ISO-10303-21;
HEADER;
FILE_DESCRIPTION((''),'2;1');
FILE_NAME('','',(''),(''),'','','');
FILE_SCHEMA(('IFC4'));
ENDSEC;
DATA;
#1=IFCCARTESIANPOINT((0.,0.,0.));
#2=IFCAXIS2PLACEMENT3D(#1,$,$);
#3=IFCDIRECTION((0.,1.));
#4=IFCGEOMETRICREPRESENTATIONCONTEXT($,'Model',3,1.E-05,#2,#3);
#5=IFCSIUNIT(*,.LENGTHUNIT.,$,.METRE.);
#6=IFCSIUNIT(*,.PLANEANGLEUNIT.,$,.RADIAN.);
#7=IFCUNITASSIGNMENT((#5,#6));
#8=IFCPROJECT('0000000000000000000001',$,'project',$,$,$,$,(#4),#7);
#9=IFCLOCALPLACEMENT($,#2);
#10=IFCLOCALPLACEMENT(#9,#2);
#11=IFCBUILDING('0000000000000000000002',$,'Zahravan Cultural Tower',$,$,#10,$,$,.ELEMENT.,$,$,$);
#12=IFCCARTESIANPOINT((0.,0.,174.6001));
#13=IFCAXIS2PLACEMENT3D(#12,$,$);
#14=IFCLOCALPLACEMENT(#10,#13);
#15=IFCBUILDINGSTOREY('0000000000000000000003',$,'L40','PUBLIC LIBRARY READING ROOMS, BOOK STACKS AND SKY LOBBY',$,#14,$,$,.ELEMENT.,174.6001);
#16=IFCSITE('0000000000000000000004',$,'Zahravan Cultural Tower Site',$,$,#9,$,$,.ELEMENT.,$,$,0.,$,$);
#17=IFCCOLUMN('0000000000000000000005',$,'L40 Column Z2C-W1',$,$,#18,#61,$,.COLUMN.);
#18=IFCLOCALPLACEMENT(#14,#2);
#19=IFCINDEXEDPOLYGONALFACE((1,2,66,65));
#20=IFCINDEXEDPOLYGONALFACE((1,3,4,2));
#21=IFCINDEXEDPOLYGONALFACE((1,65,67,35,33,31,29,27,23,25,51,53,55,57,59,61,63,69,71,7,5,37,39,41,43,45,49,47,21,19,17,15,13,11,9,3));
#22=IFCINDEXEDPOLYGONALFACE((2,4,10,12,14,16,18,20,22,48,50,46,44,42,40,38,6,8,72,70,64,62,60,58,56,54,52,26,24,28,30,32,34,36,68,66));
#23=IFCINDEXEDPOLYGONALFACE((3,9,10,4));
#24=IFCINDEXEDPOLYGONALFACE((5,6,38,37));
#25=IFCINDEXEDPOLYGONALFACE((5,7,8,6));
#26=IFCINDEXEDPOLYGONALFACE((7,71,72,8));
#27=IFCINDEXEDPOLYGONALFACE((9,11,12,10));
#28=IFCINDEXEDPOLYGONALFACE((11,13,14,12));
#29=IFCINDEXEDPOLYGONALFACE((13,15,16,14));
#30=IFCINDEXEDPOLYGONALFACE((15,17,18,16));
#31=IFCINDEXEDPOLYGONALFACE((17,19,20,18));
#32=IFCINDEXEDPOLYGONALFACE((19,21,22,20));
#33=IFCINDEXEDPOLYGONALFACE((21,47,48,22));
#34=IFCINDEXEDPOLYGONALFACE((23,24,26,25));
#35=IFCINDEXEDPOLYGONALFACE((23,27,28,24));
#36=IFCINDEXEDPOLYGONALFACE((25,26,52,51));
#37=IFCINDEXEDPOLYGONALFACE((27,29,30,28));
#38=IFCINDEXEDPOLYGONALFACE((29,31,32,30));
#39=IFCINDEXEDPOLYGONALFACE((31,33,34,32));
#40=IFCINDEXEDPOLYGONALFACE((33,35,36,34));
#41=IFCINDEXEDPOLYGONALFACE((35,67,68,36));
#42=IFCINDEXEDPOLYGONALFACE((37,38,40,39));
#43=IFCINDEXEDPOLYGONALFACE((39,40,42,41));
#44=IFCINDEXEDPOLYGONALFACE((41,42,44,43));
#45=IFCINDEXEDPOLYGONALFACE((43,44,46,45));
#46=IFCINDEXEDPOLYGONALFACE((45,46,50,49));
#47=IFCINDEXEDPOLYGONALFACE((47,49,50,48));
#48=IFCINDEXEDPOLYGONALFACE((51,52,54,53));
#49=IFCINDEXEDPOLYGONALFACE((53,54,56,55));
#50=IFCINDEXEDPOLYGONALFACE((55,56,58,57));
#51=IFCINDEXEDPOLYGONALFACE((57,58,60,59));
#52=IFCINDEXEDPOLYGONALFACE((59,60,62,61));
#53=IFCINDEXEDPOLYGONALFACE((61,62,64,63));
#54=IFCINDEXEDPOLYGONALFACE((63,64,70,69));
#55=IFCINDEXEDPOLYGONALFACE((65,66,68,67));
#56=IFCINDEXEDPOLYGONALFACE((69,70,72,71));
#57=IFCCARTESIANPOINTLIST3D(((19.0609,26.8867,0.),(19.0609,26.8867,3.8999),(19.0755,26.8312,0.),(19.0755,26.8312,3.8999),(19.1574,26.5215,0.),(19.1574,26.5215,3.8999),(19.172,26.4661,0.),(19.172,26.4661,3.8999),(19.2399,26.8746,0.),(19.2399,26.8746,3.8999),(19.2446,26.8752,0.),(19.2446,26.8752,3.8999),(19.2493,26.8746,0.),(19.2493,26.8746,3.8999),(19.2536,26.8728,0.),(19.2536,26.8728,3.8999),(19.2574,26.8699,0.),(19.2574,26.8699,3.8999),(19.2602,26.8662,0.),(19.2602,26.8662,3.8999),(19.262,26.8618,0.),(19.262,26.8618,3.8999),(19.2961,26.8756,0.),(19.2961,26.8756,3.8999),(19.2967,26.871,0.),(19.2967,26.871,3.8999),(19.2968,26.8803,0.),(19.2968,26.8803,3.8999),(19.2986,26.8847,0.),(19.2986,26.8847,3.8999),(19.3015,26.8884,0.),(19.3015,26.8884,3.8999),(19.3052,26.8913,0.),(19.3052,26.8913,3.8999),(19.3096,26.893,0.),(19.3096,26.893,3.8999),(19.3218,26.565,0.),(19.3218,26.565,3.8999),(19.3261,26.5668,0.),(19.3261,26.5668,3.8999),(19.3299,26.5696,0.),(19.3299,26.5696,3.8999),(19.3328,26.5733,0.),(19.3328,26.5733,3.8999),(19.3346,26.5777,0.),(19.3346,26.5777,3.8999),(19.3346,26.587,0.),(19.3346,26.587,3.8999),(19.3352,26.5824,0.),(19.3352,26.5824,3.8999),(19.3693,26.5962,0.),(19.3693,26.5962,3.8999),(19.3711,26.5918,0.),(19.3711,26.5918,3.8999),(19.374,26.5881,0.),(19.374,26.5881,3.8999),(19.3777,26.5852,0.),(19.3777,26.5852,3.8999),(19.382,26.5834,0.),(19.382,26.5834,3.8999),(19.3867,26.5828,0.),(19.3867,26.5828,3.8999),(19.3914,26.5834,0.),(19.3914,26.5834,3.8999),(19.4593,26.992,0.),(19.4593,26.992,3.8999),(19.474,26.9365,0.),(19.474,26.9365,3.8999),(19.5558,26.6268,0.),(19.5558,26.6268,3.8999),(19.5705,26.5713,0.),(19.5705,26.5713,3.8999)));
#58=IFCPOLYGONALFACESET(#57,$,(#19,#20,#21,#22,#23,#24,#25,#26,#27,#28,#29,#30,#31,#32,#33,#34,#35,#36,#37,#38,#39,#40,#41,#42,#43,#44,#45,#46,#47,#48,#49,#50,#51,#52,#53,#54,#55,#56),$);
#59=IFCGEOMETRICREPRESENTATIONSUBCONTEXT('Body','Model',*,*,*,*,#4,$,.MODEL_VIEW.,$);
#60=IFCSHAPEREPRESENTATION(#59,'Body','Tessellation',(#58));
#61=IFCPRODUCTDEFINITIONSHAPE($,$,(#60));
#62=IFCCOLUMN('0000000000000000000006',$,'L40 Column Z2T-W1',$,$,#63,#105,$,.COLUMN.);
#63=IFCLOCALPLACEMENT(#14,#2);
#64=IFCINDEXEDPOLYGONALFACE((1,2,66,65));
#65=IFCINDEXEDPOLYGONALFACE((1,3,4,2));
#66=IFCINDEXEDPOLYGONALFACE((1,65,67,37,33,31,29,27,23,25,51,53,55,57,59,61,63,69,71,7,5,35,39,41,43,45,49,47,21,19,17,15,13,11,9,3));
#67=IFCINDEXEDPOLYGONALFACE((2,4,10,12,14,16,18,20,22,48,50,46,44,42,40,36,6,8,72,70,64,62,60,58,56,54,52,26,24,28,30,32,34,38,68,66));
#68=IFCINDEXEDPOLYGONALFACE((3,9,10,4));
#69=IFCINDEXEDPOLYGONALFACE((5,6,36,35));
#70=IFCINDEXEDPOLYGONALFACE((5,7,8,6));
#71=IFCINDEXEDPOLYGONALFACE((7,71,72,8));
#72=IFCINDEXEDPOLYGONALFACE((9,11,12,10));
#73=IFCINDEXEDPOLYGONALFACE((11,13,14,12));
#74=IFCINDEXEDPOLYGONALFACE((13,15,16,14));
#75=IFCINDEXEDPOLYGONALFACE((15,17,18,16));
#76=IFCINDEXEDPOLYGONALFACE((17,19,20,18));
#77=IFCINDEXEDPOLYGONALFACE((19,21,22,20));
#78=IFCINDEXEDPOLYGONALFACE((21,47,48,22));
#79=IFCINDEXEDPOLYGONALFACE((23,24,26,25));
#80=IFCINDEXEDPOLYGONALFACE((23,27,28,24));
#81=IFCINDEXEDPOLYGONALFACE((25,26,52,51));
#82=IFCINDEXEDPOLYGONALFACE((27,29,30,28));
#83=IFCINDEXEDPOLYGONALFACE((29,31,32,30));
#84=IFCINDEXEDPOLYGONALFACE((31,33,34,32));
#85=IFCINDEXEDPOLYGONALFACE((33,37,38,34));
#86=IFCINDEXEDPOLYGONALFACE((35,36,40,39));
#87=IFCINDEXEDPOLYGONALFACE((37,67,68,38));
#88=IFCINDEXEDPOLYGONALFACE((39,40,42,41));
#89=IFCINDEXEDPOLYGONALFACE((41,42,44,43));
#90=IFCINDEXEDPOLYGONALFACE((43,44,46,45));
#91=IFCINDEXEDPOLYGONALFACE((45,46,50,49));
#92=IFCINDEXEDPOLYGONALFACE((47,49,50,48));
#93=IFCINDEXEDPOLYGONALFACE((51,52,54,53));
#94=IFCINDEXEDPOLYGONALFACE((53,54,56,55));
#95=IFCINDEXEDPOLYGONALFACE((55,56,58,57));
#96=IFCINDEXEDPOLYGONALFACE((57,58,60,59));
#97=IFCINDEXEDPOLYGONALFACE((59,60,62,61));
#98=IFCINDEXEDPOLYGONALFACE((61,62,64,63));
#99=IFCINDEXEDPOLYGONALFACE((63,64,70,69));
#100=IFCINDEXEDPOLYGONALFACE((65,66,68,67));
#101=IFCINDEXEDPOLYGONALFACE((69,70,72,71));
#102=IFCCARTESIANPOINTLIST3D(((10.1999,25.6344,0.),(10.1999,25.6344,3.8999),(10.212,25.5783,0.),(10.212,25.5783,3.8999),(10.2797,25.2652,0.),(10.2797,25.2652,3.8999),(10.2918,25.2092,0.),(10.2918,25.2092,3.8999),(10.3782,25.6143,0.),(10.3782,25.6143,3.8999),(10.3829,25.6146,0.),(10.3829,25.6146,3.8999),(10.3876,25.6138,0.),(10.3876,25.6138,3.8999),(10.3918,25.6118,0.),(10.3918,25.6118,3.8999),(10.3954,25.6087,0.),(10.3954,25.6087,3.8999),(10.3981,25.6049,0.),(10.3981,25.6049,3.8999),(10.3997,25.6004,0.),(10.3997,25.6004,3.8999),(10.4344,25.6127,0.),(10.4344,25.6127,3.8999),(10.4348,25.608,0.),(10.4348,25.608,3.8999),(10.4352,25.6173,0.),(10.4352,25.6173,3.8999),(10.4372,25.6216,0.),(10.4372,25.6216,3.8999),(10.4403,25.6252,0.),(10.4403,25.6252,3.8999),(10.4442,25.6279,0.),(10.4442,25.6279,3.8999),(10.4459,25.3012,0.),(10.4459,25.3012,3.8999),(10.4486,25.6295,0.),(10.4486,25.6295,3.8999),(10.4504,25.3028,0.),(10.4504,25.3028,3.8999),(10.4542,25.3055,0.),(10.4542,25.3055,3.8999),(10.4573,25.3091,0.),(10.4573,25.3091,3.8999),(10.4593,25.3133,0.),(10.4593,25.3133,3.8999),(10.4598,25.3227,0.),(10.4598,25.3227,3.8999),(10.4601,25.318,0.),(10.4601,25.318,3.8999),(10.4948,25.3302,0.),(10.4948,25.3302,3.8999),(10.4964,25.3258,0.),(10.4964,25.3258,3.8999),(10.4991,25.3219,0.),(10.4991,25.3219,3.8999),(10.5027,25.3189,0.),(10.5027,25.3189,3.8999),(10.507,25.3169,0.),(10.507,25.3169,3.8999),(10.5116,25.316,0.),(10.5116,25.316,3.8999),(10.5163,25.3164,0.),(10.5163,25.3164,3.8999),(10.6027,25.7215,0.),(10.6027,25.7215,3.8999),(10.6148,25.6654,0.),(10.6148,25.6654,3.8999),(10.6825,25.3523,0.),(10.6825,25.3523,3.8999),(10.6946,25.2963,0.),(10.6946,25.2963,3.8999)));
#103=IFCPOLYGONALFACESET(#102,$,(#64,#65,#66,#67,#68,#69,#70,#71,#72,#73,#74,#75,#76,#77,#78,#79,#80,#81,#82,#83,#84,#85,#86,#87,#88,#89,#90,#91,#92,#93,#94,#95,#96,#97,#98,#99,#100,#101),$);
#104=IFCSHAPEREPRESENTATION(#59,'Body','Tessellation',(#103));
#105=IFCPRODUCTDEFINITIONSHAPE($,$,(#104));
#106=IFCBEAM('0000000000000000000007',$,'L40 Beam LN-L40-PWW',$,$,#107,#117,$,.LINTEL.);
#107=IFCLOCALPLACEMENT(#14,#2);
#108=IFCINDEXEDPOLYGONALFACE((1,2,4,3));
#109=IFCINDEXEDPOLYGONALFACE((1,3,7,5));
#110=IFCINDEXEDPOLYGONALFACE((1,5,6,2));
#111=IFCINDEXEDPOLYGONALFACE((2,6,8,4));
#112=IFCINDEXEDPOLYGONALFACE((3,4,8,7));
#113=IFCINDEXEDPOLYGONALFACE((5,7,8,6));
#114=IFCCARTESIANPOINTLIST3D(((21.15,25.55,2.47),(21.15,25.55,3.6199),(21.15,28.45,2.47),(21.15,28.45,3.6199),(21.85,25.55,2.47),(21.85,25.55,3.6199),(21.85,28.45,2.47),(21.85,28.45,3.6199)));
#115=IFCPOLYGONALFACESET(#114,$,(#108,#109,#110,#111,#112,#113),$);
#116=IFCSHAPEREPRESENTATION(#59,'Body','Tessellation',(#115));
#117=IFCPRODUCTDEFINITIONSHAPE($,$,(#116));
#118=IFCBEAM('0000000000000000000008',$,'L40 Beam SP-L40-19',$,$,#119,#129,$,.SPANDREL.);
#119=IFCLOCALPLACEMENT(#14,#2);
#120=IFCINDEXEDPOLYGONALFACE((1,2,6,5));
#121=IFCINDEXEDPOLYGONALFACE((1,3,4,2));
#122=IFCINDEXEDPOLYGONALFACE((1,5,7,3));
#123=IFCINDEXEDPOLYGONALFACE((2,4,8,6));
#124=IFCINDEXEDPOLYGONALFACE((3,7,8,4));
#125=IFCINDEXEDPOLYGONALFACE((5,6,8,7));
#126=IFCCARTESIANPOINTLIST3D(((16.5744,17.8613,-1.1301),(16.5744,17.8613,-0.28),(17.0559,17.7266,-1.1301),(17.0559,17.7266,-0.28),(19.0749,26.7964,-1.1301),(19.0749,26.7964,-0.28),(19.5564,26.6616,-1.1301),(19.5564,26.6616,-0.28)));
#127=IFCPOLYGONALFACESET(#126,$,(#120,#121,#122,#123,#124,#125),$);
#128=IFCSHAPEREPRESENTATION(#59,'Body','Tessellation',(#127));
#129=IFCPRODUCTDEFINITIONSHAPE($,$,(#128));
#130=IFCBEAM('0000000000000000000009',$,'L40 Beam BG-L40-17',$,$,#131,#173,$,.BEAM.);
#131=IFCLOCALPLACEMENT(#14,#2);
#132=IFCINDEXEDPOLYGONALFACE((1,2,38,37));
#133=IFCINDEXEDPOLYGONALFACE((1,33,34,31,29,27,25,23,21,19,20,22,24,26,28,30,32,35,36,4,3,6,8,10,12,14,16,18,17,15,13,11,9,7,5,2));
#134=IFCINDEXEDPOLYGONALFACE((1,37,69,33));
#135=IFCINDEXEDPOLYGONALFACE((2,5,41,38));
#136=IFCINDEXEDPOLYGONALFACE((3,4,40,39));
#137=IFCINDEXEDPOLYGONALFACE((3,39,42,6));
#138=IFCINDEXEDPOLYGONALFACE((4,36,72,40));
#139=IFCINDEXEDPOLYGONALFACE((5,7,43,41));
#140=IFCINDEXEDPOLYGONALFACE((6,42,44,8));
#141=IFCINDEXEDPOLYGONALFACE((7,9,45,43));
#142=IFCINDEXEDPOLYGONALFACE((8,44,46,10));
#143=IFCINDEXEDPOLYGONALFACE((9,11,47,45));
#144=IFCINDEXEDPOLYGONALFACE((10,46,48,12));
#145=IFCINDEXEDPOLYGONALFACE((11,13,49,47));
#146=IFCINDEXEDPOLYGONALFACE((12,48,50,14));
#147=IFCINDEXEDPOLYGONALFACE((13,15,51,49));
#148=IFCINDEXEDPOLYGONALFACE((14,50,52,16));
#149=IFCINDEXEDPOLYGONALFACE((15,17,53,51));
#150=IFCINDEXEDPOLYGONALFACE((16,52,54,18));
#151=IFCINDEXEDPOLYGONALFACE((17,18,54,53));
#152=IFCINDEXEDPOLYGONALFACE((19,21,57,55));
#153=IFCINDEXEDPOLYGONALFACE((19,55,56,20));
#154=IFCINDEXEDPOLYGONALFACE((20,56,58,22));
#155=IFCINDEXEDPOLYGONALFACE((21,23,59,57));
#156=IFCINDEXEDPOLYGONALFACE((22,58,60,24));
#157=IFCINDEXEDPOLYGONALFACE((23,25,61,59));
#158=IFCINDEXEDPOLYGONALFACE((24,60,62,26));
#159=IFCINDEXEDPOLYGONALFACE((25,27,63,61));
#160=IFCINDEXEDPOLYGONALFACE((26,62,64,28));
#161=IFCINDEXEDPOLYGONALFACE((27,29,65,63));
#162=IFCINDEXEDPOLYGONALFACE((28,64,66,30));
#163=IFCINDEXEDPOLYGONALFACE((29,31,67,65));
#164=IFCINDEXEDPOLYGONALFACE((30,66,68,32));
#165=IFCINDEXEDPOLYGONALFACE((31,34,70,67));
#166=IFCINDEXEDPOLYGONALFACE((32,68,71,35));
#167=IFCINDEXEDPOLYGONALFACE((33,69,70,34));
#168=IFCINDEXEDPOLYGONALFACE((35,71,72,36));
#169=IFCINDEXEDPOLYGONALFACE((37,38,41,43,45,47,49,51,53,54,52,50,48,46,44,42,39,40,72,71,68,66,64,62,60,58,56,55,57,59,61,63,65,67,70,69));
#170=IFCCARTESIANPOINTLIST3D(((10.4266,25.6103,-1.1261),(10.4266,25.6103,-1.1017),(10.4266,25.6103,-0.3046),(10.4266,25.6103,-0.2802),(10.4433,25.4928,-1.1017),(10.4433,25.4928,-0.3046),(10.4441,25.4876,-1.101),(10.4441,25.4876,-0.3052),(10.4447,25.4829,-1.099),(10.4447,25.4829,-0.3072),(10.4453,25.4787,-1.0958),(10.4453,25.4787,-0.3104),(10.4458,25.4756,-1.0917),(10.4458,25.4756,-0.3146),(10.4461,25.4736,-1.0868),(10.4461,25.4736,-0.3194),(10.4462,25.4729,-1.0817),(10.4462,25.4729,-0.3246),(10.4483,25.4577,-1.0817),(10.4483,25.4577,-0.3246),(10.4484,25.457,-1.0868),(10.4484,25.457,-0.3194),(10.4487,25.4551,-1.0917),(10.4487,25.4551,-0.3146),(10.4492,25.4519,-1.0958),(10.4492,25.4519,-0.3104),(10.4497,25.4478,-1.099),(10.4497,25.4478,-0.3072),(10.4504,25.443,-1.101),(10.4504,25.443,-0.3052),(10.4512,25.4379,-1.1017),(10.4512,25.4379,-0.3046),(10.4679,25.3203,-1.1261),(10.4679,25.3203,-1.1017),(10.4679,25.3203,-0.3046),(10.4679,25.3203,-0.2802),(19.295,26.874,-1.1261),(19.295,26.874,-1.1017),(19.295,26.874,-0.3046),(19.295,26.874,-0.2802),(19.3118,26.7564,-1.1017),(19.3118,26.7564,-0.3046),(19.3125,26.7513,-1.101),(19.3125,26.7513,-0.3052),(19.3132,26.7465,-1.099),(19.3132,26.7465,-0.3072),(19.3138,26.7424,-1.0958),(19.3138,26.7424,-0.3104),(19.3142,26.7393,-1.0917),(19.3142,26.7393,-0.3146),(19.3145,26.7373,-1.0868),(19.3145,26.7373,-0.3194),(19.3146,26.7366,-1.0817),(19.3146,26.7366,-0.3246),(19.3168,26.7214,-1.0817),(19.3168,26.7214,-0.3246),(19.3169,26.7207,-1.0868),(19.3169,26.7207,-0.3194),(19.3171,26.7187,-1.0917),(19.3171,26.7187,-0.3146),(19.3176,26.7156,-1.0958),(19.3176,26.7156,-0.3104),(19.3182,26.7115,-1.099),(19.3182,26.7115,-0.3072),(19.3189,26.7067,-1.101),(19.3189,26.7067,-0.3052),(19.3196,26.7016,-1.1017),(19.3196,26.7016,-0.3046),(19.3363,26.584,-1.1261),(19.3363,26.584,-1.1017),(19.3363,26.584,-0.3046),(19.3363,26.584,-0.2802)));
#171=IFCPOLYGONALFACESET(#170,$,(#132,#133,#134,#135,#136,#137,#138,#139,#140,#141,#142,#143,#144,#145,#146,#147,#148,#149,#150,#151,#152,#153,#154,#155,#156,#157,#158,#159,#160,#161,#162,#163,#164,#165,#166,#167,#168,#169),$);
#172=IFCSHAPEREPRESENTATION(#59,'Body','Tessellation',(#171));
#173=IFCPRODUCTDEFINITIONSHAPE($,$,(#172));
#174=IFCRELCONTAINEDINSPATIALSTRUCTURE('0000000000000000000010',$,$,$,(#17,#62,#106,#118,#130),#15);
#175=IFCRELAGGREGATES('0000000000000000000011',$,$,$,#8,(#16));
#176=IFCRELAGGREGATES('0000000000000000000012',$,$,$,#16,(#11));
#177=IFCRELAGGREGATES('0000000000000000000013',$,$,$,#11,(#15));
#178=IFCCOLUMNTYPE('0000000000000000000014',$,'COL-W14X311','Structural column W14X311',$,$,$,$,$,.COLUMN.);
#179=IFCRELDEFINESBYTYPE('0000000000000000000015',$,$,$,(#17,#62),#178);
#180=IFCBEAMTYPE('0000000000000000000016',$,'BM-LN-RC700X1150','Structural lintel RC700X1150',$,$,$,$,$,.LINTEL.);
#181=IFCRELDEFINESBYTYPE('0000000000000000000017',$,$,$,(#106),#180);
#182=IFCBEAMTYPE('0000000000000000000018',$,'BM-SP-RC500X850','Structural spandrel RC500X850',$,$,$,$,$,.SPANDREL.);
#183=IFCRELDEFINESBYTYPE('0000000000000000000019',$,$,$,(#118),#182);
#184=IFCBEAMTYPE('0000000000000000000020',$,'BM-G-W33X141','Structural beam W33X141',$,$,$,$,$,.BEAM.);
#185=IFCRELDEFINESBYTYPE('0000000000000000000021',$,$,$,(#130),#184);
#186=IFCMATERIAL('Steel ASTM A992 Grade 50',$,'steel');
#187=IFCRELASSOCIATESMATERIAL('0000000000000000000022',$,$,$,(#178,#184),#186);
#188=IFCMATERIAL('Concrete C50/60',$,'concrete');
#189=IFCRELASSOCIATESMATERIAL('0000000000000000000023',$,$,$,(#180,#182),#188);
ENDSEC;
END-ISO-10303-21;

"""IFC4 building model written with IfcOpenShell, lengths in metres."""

from ifc_helpers import new_model, si_unit, direction, frame, origin, origin_2d, place, context, subcontext, project, spatial, rectangle, i_section, extrude, source, transform, mapped, material, material_profile, profile_set, type_object, element, save


model = new_model("IFC4")

# Units and contexts
model_context = context("Model", 3, precision=1e-05, world=origin(), true_north=direction((0.0, 1.0)))
body_context = subcontext(model_context, "Body", "Model", "MODEL_VIEW")
ifc_project = project(units=[si_unit("LENGTHUNIT", "METRE"), si_unit("PLANEANGLEUNIT", "RADIAN")], contexts=[model_context])

# Site, building, storey
site_placement = place(None, origin())
site = spatial("IfcSite", under=ifc_project, at=site_placement, Name="Zahravan Cultural Tower Site", CompositionType="ELEMENT", RefElevation=0.0)
building_placement = place(site_placement, origin())
building = spatial("IfcBuilding", under=site, at=building_placement, Name="Zahravan Cultural Tower", CompositionType="ELEMENT")
storey_placement = place(building_placement, frame((0.0, 0.0, 174.6001)))
storey = spatial("IfcBuildingStorey", under=building, at=storey_placement, Name="L40", Description="PUBLIC LIBRARY READING ROOMS, BOOK STACKS AND SKY LOBBY", CompositionType="ELEMENT", Elevation=174.6001)

# Columns
ifc_material_1 = material(Name="Steel ASTM A992 Grade 50", Category="steel")
ifc_material_profile_1 = material_profile(ifc_material_1, i_section(OverallWidth=0.4121, OverallDepth=0.4351, WebThickness=0.0359, FlangeThickness=0.0574, FilletRadius=0.0181, at=origin_2d()), Name="W14X311")
ifc_profile_set_1 = profile_set([ifc_material_profile_1], Name="Steel ASTM A992 Grade 50")
column_type = type_object("IfcColumnType", Name="COL-W14X311", Description="Structural column W14X311", PredefinedType="COLUMN", material=ifc_profile_set_1)
shared_shape_1 = source(origin(), body_context, "Body", "SweptSolid", [
    extrude(i_section(OverallWidth=0.4121, OverallDepth=0.4351, WebThickness=0.0359, FlangeThickness=0.0574, FilletRadius=0.0181, at=origin_2d()), origin(), (0.0, 0.0, 1.0), 3.8999),
])
for number, where, z_axis, x_axis, name in (
    (1, (19.3157, 26.729, 0.0), (0.0, 0.0, 1.0), (0.966823, 0.255446, 0.0), "L40 Column Z2C-W1"),
    (2, (10.4473, 25.4653, 0.0), (0.0, 0.0, 1.0), (0.977416, 0.211325, 0.0), "L40 Column Z2T-W1"),
):
    element("IfcColumn", number, at=place(storey_placement, frame(where, z_axis=z_axis, x_axis=x_axis)), inside=storey, type_object=column_type, Name=name, PredefinedType="COLUMN", context=body_context, shape_type="MappedRepresentation", body=[
        mapped(shared_shape_1, transform((0.0, 0.0, 0.0), x_axis=(1.0, 0.0, 0.0), y_axis=(0.0, 1.0, 0.0), z_axis=(0.0, 0.0, 1.0), scale=1.0)),
    ])

# Beams
ifc_material_2 = material(Name="Concrete C50/60", Category="concrete")
ifc_material_profile_2 = material_profile(ifc_material_2, rectangle(XDim=0.7, YDim=1.1499, at=origin_2d()), Name="RC700X1150")
ifc_profile_set_2 = profile_set([ifc_material_profile_2], Name="Concrete C50/60")
beam_type_1 = type_object("IfcBeamType", Name="BM-LN-RC700X1150", Description="Structural lintel RC700X1150", PredefinedType="LINTEL", material=ifc_profile_set_2)
shared_shape_2 = source(origin(), body_context, "Body", "SweptSolid", [
    extrude(rectangle(XDim=0.7, YDim=1.1499, at=origin_2d()), origin(), (0.0, 0.0, 1.0), 2.8999),
])
beam_1_placement = place(storey_placement, frame((21.5, 25.55, 3.0449), z_axis=(0.0, 1.0, 0.0), x_axis=(-1.0, 0.0, 0.0)))
element("IfcBeam", 3, at=beam_1_placement, inside=storey, type_object=beam_type_1, Name="L40 Beam LN-L40-PWW", PredefinedType="LINTEL", context=body_context, shape_type="MappedRepresentation", body=[
    mapped(shared_shape_2, transform((0.0, 0.0, 0.0), x_axis=(1.0, 0.0, 0.0), y_axis=(0.0, 1.0, 0.0), z_axis=(0.0, 0.0, 1.0), scale=1.0)),
])
ifc_material_profile_3 = material_profile(ifc_material_2, rectangle(XDim=0.5, YDim=0.8501, at=origin_2d()), Name="RC500X850")
ifc_profile_set_3 = profile_set([ifc_material_profile_3], Name="Concrete C50/60")
beam_type_2 = type_object("IfcBeamType", Name="BM-SP-RC500X850", Description="Structural spandrel RC500X850", PredefinedType="SPANDREL", material=ifc_profile_set_3)
shared_shape_3 = source(origin(), body_context, "Body", "SweptSolid", [
    extrude(rectangle(XDim=0.5, YDim=0.8501, at=origin_2d()), origin(), (0.0, 0.0, 1.0), 9.2783),
])
beam_2_placement = place(storey_placement, frame((19.3157, 26.729, -0.7051), z_axis=(-0.269497, -0.963001, 0.0), x_axis=(0.963001, -0.269497, 0.0)))
element("IfcBeam", 4, at=beam_2_placement, inside=storey, type_object=beam_type_2, Name="L40 Beam SP-L40-19", PredefinedType="SPANDREL", context=body_context, shape_type="MappedRepresentation", body=[
    mapped(shared_shape_3, transform((0.0, 0.0, 0.0), x_axis=(1.0, 0.0, 0.0), y_axis=(0.0, 1.0, 0.0), z_axis=(0.0, 0.0, 1.0), scale=1.0)),
])
ifc_material_profile_4 = material_profile(ifc_material_1, i_section(OverallWidth=0.293, OverallDepth=0.8459, WebThickness=0.0154, FlangeThickness=0.0244, FilletRadius=0.02, at=origin_2d()), Name="W33X141")
ifc_profile_set_4 = profile_set([ifc_material_profile_4], Name="Steel ASTM A992 Grade 50")
beam_type_3 = type_object("IfcBeamType", Name="BM-G-W33X141", Description="Structural beam W33X141", PredefinedType="BEAM", material=ifc_profile_set_4)
shared_shape_4 = source(origin(), body_context, "Body", "SweptSolid", [
    extrude(i_section(OverallWidth=0.293, OverallDepth=0.8459, WebThickness=0.0154, FlangeThickness=0.0244, FilletRadius=0.02, at=origin_2d()), origin(), (0.0, 0.0, 1.0), 8.958),
])
beam_3_placement = place(storey_placement, frame((19.3157, 26.729, -0.7031), z_axis=(-0.99, -0.141067, 0.0), x_axis=(0.141067, -0.99, 0.0)))
element("IfcBeam", 5, at=beam_3_placement, inside=storey, type_object=beam_type_3, Name="L40 Beam BG-L40-17", PredefinedType="BEAM", context=body_context, shape_type="MappedRepresentation", body=[
    mapped(shared_shape_4, transform((0.0, 0.0, 0.0), x_axis=(1.0, 0.0, 0.0), y_axis=(0.0, 1.0, 0.0), z_axis=(0.0, 0.0, 1.0), scale=1.0)),
])

save(model, "model.ifc")
